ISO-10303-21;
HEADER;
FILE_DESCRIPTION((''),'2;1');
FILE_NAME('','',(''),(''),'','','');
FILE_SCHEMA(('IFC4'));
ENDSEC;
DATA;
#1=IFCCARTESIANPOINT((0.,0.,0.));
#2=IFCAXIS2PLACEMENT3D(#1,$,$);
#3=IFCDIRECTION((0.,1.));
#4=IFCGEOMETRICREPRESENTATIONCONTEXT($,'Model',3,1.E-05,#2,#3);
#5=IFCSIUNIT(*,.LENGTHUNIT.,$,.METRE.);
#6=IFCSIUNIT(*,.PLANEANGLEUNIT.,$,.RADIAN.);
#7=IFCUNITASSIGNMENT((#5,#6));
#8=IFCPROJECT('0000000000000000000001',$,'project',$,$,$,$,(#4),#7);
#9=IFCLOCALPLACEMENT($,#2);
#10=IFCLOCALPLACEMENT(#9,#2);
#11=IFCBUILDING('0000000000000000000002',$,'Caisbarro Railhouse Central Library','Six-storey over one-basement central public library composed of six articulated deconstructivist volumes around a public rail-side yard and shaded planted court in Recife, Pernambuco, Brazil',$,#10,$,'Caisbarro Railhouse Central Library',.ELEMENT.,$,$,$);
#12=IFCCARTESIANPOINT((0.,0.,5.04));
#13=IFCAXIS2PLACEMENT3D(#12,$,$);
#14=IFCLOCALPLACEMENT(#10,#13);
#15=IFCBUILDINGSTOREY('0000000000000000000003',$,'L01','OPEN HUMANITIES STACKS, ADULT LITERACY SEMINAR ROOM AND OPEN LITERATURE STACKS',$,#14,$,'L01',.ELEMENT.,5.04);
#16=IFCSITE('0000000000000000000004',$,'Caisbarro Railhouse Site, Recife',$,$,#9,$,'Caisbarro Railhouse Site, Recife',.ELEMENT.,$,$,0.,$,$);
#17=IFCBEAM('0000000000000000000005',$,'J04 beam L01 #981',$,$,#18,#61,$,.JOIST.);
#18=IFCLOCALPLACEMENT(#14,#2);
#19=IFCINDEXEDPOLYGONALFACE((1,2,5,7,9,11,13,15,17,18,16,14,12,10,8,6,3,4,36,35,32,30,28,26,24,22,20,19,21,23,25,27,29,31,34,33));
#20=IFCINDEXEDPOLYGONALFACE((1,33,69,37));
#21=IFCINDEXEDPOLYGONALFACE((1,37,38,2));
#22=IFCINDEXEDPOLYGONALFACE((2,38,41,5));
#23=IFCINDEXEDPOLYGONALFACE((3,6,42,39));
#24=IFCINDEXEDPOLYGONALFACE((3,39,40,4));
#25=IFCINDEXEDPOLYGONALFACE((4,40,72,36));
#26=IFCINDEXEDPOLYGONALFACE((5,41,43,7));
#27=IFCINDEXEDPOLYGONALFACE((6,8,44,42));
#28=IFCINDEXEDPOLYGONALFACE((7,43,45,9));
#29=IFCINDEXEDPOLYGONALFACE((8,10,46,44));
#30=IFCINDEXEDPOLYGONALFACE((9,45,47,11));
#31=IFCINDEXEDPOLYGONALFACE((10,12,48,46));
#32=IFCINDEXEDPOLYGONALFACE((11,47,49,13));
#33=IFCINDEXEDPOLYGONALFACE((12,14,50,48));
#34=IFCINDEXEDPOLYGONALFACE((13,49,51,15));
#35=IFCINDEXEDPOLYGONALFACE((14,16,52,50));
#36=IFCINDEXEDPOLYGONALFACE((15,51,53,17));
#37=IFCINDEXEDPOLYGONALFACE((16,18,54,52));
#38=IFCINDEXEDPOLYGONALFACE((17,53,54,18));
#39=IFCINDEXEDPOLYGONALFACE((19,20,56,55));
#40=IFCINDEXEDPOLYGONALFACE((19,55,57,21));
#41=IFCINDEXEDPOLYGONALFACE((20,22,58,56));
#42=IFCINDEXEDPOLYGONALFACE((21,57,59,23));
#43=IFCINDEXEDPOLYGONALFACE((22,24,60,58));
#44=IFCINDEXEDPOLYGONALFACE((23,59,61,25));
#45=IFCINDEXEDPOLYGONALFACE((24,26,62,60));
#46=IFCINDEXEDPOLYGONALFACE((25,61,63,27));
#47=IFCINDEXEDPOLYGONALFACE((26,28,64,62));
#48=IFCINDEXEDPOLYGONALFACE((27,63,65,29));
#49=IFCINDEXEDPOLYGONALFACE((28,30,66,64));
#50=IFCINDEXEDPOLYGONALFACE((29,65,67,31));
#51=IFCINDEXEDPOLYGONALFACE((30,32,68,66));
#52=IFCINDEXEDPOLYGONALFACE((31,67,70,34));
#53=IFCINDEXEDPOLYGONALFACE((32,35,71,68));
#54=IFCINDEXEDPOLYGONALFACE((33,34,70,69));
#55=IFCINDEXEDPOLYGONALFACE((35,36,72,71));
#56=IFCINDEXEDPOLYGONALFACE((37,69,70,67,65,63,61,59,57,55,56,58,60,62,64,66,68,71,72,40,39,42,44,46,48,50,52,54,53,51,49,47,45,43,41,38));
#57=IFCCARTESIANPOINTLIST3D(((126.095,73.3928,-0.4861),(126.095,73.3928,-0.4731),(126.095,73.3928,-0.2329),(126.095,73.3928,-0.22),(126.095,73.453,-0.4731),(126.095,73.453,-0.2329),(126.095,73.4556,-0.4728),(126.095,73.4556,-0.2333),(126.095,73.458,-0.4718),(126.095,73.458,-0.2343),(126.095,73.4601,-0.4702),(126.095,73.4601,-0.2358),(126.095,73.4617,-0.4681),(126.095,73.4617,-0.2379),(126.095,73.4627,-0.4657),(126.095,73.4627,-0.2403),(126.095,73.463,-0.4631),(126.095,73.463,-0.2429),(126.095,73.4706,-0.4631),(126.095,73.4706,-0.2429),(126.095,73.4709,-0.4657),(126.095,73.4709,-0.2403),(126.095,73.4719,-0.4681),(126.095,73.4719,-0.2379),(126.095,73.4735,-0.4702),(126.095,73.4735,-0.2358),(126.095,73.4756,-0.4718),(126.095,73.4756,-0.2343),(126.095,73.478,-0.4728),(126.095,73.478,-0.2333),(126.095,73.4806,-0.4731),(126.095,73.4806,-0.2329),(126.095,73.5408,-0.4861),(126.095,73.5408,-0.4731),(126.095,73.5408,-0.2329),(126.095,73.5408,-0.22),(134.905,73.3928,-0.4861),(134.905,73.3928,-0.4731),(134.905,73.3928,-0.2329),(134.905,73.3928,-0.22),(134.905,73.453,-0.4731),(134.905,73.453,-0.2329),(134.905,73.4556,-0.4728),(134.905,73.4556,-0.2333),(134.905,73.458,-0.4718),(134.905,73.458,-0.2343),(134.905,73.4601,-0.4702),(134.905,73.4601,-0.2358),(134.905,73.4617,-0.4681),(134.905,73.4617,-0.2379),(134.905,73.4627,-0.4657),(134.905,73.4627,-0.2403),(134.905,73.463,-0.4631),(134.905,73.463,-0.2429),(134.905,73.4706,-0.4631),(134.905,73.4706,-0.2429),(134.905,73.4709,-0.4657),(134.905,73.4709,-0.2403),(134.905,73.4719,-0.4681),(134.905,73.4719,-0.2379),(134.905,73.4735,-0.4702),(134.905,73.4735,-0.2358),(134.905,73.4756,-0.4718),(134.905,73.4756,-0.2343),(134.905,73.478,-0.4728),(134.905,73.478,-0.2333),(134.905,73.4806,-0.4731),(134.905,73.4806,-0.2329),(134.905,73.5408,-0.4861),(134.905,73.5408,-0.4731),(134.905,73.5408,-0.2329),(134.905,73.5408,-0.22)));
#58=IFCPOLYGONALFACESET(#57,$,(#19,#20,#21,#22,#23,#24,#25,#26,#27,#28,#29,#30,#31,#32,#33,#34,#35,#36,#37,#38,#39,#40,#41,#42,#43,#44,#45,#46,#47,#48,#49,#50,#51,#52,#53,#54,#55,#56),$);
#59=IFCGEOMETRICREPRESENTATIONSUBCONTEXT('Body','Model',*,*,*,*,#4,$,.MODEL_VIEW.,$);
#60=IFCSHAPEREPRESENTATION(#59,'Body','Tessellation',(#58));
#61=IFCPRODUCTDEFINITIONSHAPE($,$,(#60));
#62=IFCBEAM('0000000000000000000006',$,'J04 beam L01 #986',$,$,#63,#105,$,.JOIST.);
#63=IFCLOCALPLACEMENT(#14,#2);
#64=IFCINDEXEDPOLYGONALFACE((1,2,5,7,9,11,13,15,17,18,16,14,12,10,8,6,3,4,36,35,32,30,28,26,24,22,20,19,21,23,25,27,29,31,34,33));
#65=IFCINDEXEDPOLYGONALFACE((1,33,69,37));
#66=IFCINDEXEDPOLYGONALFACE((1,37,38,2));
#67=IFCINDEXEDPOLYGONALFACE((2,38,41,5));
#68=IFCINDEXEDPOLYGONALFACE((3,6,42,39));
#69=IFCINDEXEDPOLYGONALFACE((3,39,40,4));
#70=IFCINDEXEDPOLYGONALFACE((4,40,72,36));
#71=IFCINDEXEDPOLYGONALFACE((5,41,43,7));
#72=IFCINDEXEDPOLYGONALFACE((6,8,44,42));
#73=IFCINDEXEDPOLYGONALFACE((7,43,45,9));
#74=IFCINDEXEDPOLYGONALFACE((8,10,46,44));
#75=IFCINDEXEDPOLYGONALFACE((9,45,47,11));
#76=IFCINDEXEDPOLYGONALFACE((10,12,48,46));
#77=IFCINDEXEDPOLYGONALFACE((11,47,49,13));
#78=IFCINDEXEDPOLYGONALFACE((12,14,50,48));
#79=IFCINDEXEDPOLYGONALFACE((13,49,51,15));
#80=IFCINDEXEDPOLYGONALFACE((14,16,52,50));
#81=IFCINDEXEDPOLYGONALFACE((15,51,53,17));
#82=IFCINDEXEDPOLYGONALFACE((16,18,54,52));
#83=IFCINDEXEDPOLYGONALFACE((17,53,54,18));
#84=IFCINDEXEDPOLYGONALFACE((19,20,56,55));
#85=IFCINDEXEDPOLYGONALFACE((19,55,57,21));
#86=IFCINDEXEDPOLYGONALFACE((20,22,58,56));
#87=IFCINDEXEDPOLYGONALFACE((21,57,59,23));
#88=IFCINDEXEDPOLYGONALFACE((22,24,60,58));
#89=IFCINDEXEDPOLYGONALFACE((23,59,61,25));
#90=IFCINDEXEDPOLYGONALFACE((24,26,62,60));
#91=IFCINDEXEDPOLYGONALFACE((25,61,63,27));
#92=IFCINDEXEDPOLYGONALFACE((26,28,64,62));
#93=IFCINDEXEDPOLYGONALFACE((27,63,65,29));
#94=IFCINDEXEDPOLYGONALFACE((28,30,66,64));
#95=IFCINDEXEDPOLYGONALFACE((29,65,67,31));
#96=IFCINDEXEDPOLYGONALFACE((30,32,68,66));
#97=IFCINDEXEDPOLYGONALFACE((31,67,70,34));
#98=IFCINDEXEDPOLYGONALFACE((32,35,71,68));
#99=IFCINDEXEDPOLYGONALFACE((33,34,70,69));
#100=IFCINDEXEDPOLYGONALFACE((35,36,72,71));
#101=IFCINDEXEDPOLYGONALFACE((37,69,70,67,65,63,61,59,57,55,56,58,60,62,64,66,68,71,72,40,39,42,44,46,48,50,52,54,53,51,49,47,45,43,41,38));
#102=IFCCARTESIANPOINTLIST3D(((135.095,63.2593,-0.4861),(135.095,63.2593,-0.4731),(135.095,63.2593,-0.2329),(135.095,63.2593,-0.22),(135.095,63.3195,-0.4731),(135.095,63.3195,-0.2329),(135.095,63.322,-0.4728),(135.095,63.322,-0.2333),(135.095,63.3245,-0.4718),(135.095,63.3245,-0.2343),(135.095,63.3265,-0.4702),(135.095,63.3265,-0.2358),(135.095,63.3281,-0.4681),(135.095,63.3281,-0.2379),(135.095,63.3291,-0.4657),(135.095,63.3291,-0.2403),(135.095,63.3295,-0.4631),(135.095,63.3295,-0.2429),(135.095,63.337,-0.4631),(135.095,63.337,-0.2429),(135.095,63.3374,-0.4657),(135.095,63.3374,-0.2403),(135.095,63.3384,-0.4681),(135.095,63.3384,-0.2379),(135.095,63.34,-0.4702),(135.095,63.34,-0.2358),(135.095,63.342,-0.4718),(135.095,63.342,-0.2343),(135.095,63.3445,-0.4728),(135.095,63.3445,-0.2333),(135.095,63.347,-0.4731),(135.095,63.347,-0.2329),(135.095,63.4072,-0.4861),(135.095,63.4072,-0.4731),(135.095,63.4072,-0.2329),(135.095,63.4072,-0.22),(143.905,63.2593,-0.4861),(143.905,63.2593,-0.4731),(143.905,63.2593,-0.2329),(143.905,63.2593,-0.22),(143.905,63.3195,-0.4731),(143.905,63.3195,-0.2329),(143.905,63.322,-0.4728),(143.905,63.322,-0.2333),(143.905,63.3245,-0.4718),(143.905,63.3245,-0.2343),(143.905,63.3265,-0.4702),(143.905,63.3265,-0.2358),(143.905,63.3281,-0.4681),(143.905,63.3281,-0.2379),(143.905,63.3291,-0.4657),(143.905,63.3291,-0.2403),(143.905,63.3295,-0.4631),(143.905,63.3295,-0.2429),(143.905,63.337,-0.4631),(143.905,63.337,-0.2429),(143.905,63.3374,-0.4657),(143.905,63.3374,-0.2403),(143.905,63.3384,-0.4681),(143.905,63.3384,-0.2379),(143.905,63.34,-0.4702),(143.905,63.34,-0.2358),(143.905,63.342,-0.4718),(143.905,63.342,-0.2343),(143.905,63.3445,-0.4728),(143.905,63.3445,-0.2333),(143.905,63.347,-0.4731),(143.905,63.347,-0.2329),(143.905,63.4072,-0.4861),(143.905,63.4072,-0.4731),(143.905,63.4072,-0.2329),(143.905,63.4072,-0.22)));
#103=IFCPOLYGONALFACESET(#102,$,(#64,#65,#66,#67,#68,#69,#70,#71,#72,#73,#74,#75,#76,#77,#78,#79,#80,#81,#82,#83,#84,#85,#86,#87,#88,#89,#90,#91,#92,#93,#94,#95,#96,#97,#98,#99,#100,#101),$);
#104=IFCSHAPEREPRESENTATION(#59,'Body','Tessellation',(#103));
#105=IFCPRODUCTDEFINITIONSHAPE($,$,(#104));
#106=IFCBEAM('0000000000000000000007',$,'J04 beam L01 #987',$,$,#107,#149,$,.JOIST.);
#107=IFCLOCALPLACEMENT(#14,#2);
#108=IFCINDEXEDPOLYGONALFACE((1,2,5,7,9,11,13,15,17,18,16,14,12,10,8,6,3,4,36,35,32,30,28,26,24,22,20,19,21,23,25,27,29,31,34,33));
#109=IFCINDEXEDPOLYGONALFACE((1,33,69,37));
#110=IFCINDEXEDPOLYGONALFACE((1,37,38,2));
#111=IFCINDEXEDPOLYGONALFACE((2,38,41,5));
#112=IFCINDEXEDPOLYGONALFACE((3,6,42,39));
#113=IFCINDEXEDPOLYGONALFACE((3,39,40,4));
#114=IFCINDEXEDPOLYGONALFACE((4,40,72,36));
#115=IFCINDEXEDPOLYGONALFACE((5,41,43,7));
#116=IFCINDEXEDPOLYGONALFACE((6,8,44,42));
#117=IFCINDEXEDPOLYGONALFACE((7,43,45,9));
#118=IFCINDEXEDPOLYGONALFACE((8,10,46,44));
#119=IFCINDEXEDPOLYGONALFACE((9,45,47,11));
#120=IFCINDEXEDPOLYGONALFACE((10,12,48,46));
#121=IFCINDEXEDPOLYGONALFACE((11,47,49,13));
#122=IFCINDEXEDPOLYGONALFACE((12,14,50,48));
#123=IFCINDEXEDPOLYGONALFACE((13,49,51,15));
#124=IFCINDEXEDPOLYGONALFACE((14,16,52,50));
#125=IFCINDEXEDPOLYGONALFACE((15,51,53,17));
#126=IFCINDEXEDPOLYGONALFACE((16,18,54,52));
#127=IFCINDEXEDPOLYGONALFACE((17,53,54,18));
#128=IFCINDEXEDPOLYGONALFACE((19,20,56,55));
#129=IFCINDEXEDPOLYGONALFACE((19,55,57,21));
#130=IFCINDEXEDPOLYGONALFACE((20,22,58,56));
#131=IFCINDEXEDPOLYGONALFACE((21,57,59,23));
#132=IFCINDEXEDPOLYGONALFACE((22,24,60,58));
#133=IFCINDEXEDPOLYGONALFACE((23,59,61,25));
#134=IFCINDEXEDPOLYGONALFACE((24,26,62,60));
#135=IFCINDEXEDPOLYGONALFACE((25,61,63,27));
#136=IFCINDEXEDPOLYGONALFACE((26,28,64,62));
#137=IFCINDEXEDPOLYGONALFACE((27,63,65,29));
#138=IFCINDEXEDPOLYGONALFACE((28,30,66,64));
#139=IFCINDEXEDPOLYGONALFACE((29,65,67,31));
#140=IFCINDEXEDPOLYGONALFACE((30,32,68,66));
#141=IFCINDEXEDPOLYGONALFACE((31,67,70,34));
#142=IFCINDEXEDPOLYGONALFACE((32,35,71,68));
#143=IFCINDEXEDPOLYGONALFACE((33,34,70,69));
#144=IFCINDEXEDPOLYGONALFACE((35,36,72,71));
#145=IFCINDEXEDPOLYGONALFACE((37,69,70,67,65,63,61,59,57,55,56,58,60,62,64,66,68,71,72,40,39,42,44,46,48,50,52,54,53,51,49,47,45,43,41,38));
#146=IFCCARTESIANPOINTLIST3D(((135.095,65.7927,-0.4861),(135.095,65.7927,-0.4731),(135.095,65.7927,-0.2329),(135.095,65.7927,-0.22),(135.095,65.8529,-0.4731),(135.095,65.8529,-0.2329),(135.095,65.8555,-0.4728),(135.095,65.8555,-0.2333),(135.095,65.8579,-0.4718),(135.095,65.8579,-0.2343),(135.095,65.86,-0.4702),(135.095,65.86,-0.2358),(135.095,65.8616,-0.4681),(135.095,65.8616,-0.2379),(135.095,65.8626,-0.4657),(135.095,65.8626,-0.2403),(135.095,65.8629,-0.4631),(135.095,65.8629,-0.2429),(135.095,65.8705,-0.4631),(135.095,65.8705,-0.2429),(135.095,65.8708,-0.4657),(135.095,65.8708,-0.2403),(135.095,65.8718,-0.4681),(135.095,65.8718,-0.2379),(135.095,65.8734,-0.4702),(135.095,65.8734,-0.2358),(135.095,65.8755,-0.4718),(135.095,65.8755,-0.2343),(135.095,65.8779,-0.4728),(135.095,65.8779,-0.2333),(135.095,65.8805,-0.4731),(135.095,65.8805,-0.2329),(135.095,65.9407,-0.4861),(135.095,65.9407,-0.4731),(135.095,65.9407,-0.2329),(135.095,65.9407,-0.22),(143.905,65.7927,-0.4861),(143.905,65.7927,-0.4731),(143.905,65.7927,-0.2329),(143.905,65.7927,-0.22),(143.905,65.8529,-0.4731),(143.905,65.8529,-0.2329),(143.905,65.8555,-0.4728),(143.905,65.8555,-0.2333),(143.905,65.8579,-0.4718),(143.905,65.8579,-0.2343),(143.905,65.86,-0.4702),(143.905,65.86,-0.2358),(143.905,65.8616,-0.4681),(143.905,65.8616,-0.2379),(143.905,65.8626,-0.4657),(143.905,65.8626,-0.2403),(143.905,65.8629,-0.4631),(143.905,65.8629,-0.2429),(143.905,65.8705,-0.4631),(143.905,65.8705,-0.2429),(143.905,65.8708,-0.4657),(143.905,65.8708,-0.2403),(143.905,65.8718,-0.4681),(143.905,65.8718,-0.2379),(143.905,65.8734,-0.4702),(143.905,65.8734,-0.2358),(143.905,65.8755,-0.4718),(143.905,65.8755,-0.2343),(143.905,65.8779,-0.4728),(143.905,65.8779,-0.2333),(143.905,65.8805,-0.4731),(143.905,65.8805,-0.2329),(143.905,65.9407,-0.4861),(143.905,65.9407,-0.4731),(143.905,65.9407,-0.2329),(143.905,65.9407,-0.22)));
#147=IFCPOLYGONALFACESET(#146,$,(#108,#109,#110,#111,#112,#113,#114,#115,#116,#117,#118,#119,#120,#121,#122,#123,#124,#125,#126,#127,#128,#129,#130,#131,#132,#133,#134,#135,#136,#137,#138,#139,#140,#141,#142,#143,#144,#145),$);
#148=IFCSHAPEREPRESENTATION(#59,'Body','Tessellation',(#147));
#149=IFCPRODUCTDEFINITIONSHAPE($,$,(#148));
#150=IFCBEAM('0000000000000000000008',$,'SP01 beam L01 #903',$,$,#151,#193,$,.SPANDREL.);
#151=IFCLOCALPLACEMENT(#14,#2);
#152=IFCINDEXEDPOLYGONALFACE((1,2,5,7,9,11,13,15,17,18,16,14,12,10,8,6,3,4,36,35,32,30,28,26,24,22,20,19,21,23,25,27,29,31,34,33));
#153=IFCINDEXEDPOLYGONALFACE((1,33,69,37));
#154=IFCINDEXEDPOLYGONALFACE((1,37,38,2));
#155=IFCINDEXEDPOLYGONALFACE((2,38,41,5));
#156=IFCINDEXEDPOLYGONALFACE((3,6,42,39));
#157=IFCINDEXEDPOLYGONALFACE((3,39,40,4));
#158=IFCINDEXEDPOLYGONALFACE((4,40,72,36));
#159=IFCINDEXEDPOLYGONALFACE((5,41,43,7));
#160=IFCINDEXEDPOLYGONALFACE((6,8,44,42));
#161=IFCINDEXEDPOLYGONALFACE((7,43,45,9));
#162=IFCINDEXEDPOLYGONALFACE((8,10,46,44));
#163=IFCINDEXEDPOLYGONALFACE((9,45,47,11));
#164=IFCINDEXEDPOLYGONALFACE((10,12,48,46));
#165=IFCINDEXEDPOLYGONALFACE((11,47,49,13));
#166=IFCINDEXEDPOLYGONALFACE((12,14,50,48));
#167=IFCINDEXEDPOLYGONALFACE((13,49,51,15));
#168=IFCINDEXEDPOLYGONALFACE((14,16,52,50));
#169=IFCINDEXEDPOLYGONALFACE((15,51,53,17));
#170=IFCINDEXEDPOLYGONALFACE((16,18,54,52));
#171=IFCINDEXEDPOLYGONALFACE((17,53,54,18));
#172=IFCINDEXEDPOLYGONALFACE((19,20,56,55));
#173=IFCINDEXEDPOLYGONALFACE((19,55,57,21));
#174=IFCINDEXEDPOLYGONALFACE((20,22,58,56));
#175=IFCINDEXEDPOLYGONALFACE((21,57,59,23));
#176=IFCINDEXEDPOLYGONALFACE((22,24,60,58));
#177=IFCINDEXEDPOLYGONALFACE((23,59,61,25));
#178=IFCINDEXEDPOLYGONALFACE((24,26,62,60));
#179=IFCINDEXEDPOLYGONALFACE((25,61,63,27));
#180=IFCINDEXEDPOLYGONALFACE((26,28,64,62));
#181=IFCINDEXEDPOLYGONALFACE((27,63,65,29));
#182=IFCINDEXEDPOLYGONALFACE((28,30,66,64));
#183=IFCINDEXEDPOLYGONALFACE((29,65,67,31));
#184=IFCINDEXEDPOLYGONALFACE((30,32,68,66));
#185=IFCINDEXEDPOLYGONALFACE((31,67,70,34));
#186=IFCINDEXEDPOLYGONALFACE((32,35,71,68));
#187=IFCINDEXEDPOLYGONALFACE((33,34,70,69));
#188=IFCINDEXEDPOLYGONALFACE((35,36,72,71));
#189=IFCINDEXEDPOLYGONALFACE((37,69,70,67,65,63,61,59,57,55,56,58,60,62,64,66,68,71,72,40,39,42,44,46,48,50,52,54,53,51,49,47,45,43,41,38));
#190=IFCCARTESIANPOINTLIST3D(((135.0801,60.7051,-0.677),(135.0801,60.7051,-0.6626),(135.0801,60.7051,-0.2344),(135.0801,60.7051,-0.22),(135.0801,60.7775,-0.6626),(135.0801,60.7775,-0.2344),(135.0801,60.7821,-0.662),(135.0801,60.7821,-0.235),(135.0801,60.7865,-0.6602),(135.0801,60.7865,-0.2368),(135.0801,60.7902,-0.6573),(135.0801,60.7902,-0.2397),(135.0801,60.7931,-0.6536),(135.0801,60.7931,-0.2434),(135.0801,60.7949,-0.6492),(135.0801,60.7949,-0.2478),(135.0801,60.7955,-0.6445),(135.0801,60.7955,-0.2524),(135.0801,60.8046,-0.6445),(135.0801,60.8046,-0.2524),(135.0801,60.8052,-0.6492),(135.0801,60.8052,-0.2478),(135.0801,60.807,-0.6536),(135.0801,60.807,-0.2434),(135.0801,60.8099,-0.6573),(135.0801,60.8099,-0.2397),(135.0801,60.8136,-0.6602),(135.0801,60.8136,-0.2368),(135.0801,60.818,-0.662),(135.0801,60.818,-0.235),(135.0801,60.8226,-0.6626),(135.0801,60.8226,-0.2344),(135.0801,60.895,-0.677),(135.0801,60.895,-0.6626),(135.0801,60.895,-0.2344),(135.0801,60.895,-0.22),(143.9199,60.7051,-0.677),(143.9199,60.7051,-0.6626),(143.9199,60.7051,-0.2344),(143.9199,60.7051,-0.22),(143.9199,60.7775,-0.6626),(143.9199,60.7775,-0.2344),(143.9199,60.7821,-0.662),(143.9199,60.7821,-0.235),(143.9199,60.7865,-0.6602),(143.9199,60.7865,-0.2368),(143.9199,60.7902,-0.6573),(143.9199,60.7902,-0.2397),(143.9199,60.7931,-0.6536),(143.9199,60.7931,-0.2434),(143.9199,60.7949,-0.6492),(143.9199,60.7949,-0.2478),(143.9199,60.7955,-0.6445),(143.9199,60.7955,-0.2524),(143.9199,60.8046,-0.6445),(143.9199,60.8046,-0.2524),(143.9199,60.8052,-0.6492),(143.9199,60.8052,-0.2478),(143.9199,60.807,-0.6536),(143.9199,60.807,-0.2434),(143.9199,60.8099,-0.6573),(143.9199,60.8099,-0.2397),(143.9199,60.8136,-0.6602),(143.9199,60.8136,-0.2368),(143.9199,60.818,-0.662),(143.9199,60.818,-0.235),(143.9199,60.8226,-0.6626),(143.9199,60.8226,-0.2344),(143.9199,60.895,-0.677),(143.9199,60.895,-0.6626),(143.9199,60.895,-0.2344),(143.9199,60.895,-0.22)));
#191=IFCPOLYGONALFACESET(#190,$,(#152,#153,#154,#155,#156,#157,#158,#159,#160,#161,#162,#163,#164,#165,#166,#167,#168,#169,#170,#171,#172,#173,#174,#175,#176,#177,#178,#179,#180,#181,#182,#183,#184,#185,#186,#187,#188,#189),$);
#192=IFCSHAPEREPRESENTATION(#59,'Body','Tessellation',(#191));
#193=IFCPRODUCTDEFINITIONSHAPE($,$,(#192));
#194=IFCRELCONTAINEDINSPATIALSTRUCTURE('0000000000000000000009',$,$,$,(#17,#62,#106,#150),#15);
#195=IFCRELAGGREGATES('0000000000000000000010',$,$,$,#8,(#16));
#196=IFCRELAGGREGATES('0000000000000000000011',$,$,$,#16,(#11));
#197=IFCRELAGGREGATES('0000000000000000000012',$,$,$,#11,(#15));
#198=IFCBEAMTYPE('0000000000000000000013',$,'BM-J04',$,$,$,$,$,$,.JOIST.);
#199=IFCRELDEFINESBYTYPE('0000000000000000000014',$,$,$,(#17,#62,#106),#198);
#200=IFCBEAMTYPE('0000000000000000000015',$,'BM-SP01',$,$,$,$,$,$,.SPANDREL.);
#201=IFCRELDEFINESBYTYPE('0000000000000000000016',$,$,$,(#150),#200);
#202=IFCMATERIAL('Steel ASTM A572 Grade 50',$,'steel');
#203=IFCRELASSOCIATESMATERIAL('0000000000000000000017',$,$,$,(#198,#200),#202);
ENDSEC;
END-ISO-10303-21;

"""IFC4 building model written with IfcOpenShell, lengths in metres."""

from ifc_helpers import new_model, si_unit, direction, frame, origin, origin_2d, place, context, subcontext, project, spatial, i_section, extrude, material, material_profile, profile_set, type_object, element, save


model = new_model("IFC4")

# Units and contexts
model_context = context("Model", 3, precision=1e-05, world=origin(), true_north=direction((0.0, 1.0)))
body_context = subcontext(model_context, "Body", "Model", "MODEL_VIEW")
ifc_project = project(units=[si_unit("LENGTHUNIT", "METRE"), si_unit("PLANEANGLEUNIT", "RADIAN")], contexts=[model_context])

# Site, building, storey
site_placement = place(None, origin())
site = spatial("IfcSite", under=ifc_project, at=site_placement, Name="Caisbarro Railhouse Site, Recife", LongName="Caisbarro Railhouse Site, Recife", CompositionType="ELEMENT", RefElevation=0.0)
building_placement = place(site_placement, origin())
building = spatial("IfcBuilding", under=site, at=building_placement, Name="Caisbarro Railhouse Central Library", Description="Six-storey over one-basement central public library composed of six articulated deconstructivist volumes around a public rail-side yard and shaded planted court in Recife, Pernambuco, Brazil", LongName="Caisbarro Railhouse Central Library", CompositionType="ELEMENT")
storey_placement = place(building_placement, frame((0.0, 0.0, 5.04)))
storey = spatial("IfcBuildingStorey", under=building, at=storey_placement, Name="L01", Description="OPEN HUMANITIES STACKS, ADULT LITERACY SEMINAR ROOM AND OPEN LITERATURE STACKS", LongName="L01", CompositionType="ELEMENT", Elevation=5.04)

# Shared definitions
ifc_material_1 = material(Name="Steel ASTM A572 Grade 50", Category="steel")

# Beams
ifc_material_profile_1 = material_profile(ifc_material_1, i_section(OverallWidth=0.1479, OverallDepth=0.2661, WebThickness=0.0076, FlangeThickness=0.0129, FilletRadius=0.01, at=origin_2d()), Name="W250X44.8")
ifc_profile_set_1 = profile_set([ifc_material_profile_1], Name="Steel ASTM A572 Grade 50")
beam_type_1 = type_object("IfcBeamType", Name="BM-J04", PredefinedType="JOIST", material=ifc_profile_set_1)
for number, where, z_axis, x_axis, name in (
    (1, (126.095, 73.4668, -0.353), (1.0, 0.0, 0.0), (0.0, 1.0, 0.0), "J04 beam L01 #981"),
    (2, (135.095, 63.3333, -0.353), (1.0, 0.0, 0.0), (0.0, 1.0, 0.0), "J04 beam L01 #986"),
    (3, (135.095, 65.8667, -0.353), (1.0, 0.0, 0.0), (0.0, 1.0, 0.0), "J04 beam L01 #987"),
):
    element("IfcBeam", number, at=place(storey_placement, frame(where, z_axis=z_axis, x_axis=x_axis)), inside=storey, type_object=beam_type_1, Name=name, PredefinedType="JOIST", context=body_context, shape_type="SweptSolid", body=[
        extrude(i_section(OverallWidth=0.1479, OverallDepth=0.2661, WebThickness=0.0076, FlangeThickness=0.0129, FilletRadius=0.01, at=origin_2d()), origin(), (0.0, 0.0, 1.0), 8.8101),
    ])
ifc_material_profile_2 = material_profile(ifc_material_1, i_section(OverallWidth=0.1899, OverallDepth=0.457, WebThickness=0.009, FlangeThickness=0.0144, FilletRadius=0.0181, at=origin_2d()), Name="W460X74.0")
ifc_profile_set_2 = profile_set([ifc_material_profile_2], Name="Steel ASTM A572 Grade 50")
beam_type_2 = type_object("IfcBeamType", Name="BM-SP01", PredefinedType="SPANDREL", material=ifc_profile_set_2)
beam_1_placement = place(storey_placement, frame((135.0801, 60.8, -0.4485), z_axis=(1.0, 0.0, 0.0), x_axis=(0.0, 1.0, 0.0)))
element("IfcBeam", 4, at=beam_1_placement, inside=storey, type_object=beam_type_2, Name="SP01 beam L01 #903", PredefinedType="SPANDREL", context=body_context, shape_type="SweptSolid", body=[
    extrude(i_section(OverallWidth=0.1899, OverallDepth=0.457, WebThickness=0.009, FlangeThickness=0.0144, FilletRadius=0.0181, at=origin_2d()), origin(), (0.0, 0.0, 1.0), 8.8398),
])

save(model, "model.ifc")
